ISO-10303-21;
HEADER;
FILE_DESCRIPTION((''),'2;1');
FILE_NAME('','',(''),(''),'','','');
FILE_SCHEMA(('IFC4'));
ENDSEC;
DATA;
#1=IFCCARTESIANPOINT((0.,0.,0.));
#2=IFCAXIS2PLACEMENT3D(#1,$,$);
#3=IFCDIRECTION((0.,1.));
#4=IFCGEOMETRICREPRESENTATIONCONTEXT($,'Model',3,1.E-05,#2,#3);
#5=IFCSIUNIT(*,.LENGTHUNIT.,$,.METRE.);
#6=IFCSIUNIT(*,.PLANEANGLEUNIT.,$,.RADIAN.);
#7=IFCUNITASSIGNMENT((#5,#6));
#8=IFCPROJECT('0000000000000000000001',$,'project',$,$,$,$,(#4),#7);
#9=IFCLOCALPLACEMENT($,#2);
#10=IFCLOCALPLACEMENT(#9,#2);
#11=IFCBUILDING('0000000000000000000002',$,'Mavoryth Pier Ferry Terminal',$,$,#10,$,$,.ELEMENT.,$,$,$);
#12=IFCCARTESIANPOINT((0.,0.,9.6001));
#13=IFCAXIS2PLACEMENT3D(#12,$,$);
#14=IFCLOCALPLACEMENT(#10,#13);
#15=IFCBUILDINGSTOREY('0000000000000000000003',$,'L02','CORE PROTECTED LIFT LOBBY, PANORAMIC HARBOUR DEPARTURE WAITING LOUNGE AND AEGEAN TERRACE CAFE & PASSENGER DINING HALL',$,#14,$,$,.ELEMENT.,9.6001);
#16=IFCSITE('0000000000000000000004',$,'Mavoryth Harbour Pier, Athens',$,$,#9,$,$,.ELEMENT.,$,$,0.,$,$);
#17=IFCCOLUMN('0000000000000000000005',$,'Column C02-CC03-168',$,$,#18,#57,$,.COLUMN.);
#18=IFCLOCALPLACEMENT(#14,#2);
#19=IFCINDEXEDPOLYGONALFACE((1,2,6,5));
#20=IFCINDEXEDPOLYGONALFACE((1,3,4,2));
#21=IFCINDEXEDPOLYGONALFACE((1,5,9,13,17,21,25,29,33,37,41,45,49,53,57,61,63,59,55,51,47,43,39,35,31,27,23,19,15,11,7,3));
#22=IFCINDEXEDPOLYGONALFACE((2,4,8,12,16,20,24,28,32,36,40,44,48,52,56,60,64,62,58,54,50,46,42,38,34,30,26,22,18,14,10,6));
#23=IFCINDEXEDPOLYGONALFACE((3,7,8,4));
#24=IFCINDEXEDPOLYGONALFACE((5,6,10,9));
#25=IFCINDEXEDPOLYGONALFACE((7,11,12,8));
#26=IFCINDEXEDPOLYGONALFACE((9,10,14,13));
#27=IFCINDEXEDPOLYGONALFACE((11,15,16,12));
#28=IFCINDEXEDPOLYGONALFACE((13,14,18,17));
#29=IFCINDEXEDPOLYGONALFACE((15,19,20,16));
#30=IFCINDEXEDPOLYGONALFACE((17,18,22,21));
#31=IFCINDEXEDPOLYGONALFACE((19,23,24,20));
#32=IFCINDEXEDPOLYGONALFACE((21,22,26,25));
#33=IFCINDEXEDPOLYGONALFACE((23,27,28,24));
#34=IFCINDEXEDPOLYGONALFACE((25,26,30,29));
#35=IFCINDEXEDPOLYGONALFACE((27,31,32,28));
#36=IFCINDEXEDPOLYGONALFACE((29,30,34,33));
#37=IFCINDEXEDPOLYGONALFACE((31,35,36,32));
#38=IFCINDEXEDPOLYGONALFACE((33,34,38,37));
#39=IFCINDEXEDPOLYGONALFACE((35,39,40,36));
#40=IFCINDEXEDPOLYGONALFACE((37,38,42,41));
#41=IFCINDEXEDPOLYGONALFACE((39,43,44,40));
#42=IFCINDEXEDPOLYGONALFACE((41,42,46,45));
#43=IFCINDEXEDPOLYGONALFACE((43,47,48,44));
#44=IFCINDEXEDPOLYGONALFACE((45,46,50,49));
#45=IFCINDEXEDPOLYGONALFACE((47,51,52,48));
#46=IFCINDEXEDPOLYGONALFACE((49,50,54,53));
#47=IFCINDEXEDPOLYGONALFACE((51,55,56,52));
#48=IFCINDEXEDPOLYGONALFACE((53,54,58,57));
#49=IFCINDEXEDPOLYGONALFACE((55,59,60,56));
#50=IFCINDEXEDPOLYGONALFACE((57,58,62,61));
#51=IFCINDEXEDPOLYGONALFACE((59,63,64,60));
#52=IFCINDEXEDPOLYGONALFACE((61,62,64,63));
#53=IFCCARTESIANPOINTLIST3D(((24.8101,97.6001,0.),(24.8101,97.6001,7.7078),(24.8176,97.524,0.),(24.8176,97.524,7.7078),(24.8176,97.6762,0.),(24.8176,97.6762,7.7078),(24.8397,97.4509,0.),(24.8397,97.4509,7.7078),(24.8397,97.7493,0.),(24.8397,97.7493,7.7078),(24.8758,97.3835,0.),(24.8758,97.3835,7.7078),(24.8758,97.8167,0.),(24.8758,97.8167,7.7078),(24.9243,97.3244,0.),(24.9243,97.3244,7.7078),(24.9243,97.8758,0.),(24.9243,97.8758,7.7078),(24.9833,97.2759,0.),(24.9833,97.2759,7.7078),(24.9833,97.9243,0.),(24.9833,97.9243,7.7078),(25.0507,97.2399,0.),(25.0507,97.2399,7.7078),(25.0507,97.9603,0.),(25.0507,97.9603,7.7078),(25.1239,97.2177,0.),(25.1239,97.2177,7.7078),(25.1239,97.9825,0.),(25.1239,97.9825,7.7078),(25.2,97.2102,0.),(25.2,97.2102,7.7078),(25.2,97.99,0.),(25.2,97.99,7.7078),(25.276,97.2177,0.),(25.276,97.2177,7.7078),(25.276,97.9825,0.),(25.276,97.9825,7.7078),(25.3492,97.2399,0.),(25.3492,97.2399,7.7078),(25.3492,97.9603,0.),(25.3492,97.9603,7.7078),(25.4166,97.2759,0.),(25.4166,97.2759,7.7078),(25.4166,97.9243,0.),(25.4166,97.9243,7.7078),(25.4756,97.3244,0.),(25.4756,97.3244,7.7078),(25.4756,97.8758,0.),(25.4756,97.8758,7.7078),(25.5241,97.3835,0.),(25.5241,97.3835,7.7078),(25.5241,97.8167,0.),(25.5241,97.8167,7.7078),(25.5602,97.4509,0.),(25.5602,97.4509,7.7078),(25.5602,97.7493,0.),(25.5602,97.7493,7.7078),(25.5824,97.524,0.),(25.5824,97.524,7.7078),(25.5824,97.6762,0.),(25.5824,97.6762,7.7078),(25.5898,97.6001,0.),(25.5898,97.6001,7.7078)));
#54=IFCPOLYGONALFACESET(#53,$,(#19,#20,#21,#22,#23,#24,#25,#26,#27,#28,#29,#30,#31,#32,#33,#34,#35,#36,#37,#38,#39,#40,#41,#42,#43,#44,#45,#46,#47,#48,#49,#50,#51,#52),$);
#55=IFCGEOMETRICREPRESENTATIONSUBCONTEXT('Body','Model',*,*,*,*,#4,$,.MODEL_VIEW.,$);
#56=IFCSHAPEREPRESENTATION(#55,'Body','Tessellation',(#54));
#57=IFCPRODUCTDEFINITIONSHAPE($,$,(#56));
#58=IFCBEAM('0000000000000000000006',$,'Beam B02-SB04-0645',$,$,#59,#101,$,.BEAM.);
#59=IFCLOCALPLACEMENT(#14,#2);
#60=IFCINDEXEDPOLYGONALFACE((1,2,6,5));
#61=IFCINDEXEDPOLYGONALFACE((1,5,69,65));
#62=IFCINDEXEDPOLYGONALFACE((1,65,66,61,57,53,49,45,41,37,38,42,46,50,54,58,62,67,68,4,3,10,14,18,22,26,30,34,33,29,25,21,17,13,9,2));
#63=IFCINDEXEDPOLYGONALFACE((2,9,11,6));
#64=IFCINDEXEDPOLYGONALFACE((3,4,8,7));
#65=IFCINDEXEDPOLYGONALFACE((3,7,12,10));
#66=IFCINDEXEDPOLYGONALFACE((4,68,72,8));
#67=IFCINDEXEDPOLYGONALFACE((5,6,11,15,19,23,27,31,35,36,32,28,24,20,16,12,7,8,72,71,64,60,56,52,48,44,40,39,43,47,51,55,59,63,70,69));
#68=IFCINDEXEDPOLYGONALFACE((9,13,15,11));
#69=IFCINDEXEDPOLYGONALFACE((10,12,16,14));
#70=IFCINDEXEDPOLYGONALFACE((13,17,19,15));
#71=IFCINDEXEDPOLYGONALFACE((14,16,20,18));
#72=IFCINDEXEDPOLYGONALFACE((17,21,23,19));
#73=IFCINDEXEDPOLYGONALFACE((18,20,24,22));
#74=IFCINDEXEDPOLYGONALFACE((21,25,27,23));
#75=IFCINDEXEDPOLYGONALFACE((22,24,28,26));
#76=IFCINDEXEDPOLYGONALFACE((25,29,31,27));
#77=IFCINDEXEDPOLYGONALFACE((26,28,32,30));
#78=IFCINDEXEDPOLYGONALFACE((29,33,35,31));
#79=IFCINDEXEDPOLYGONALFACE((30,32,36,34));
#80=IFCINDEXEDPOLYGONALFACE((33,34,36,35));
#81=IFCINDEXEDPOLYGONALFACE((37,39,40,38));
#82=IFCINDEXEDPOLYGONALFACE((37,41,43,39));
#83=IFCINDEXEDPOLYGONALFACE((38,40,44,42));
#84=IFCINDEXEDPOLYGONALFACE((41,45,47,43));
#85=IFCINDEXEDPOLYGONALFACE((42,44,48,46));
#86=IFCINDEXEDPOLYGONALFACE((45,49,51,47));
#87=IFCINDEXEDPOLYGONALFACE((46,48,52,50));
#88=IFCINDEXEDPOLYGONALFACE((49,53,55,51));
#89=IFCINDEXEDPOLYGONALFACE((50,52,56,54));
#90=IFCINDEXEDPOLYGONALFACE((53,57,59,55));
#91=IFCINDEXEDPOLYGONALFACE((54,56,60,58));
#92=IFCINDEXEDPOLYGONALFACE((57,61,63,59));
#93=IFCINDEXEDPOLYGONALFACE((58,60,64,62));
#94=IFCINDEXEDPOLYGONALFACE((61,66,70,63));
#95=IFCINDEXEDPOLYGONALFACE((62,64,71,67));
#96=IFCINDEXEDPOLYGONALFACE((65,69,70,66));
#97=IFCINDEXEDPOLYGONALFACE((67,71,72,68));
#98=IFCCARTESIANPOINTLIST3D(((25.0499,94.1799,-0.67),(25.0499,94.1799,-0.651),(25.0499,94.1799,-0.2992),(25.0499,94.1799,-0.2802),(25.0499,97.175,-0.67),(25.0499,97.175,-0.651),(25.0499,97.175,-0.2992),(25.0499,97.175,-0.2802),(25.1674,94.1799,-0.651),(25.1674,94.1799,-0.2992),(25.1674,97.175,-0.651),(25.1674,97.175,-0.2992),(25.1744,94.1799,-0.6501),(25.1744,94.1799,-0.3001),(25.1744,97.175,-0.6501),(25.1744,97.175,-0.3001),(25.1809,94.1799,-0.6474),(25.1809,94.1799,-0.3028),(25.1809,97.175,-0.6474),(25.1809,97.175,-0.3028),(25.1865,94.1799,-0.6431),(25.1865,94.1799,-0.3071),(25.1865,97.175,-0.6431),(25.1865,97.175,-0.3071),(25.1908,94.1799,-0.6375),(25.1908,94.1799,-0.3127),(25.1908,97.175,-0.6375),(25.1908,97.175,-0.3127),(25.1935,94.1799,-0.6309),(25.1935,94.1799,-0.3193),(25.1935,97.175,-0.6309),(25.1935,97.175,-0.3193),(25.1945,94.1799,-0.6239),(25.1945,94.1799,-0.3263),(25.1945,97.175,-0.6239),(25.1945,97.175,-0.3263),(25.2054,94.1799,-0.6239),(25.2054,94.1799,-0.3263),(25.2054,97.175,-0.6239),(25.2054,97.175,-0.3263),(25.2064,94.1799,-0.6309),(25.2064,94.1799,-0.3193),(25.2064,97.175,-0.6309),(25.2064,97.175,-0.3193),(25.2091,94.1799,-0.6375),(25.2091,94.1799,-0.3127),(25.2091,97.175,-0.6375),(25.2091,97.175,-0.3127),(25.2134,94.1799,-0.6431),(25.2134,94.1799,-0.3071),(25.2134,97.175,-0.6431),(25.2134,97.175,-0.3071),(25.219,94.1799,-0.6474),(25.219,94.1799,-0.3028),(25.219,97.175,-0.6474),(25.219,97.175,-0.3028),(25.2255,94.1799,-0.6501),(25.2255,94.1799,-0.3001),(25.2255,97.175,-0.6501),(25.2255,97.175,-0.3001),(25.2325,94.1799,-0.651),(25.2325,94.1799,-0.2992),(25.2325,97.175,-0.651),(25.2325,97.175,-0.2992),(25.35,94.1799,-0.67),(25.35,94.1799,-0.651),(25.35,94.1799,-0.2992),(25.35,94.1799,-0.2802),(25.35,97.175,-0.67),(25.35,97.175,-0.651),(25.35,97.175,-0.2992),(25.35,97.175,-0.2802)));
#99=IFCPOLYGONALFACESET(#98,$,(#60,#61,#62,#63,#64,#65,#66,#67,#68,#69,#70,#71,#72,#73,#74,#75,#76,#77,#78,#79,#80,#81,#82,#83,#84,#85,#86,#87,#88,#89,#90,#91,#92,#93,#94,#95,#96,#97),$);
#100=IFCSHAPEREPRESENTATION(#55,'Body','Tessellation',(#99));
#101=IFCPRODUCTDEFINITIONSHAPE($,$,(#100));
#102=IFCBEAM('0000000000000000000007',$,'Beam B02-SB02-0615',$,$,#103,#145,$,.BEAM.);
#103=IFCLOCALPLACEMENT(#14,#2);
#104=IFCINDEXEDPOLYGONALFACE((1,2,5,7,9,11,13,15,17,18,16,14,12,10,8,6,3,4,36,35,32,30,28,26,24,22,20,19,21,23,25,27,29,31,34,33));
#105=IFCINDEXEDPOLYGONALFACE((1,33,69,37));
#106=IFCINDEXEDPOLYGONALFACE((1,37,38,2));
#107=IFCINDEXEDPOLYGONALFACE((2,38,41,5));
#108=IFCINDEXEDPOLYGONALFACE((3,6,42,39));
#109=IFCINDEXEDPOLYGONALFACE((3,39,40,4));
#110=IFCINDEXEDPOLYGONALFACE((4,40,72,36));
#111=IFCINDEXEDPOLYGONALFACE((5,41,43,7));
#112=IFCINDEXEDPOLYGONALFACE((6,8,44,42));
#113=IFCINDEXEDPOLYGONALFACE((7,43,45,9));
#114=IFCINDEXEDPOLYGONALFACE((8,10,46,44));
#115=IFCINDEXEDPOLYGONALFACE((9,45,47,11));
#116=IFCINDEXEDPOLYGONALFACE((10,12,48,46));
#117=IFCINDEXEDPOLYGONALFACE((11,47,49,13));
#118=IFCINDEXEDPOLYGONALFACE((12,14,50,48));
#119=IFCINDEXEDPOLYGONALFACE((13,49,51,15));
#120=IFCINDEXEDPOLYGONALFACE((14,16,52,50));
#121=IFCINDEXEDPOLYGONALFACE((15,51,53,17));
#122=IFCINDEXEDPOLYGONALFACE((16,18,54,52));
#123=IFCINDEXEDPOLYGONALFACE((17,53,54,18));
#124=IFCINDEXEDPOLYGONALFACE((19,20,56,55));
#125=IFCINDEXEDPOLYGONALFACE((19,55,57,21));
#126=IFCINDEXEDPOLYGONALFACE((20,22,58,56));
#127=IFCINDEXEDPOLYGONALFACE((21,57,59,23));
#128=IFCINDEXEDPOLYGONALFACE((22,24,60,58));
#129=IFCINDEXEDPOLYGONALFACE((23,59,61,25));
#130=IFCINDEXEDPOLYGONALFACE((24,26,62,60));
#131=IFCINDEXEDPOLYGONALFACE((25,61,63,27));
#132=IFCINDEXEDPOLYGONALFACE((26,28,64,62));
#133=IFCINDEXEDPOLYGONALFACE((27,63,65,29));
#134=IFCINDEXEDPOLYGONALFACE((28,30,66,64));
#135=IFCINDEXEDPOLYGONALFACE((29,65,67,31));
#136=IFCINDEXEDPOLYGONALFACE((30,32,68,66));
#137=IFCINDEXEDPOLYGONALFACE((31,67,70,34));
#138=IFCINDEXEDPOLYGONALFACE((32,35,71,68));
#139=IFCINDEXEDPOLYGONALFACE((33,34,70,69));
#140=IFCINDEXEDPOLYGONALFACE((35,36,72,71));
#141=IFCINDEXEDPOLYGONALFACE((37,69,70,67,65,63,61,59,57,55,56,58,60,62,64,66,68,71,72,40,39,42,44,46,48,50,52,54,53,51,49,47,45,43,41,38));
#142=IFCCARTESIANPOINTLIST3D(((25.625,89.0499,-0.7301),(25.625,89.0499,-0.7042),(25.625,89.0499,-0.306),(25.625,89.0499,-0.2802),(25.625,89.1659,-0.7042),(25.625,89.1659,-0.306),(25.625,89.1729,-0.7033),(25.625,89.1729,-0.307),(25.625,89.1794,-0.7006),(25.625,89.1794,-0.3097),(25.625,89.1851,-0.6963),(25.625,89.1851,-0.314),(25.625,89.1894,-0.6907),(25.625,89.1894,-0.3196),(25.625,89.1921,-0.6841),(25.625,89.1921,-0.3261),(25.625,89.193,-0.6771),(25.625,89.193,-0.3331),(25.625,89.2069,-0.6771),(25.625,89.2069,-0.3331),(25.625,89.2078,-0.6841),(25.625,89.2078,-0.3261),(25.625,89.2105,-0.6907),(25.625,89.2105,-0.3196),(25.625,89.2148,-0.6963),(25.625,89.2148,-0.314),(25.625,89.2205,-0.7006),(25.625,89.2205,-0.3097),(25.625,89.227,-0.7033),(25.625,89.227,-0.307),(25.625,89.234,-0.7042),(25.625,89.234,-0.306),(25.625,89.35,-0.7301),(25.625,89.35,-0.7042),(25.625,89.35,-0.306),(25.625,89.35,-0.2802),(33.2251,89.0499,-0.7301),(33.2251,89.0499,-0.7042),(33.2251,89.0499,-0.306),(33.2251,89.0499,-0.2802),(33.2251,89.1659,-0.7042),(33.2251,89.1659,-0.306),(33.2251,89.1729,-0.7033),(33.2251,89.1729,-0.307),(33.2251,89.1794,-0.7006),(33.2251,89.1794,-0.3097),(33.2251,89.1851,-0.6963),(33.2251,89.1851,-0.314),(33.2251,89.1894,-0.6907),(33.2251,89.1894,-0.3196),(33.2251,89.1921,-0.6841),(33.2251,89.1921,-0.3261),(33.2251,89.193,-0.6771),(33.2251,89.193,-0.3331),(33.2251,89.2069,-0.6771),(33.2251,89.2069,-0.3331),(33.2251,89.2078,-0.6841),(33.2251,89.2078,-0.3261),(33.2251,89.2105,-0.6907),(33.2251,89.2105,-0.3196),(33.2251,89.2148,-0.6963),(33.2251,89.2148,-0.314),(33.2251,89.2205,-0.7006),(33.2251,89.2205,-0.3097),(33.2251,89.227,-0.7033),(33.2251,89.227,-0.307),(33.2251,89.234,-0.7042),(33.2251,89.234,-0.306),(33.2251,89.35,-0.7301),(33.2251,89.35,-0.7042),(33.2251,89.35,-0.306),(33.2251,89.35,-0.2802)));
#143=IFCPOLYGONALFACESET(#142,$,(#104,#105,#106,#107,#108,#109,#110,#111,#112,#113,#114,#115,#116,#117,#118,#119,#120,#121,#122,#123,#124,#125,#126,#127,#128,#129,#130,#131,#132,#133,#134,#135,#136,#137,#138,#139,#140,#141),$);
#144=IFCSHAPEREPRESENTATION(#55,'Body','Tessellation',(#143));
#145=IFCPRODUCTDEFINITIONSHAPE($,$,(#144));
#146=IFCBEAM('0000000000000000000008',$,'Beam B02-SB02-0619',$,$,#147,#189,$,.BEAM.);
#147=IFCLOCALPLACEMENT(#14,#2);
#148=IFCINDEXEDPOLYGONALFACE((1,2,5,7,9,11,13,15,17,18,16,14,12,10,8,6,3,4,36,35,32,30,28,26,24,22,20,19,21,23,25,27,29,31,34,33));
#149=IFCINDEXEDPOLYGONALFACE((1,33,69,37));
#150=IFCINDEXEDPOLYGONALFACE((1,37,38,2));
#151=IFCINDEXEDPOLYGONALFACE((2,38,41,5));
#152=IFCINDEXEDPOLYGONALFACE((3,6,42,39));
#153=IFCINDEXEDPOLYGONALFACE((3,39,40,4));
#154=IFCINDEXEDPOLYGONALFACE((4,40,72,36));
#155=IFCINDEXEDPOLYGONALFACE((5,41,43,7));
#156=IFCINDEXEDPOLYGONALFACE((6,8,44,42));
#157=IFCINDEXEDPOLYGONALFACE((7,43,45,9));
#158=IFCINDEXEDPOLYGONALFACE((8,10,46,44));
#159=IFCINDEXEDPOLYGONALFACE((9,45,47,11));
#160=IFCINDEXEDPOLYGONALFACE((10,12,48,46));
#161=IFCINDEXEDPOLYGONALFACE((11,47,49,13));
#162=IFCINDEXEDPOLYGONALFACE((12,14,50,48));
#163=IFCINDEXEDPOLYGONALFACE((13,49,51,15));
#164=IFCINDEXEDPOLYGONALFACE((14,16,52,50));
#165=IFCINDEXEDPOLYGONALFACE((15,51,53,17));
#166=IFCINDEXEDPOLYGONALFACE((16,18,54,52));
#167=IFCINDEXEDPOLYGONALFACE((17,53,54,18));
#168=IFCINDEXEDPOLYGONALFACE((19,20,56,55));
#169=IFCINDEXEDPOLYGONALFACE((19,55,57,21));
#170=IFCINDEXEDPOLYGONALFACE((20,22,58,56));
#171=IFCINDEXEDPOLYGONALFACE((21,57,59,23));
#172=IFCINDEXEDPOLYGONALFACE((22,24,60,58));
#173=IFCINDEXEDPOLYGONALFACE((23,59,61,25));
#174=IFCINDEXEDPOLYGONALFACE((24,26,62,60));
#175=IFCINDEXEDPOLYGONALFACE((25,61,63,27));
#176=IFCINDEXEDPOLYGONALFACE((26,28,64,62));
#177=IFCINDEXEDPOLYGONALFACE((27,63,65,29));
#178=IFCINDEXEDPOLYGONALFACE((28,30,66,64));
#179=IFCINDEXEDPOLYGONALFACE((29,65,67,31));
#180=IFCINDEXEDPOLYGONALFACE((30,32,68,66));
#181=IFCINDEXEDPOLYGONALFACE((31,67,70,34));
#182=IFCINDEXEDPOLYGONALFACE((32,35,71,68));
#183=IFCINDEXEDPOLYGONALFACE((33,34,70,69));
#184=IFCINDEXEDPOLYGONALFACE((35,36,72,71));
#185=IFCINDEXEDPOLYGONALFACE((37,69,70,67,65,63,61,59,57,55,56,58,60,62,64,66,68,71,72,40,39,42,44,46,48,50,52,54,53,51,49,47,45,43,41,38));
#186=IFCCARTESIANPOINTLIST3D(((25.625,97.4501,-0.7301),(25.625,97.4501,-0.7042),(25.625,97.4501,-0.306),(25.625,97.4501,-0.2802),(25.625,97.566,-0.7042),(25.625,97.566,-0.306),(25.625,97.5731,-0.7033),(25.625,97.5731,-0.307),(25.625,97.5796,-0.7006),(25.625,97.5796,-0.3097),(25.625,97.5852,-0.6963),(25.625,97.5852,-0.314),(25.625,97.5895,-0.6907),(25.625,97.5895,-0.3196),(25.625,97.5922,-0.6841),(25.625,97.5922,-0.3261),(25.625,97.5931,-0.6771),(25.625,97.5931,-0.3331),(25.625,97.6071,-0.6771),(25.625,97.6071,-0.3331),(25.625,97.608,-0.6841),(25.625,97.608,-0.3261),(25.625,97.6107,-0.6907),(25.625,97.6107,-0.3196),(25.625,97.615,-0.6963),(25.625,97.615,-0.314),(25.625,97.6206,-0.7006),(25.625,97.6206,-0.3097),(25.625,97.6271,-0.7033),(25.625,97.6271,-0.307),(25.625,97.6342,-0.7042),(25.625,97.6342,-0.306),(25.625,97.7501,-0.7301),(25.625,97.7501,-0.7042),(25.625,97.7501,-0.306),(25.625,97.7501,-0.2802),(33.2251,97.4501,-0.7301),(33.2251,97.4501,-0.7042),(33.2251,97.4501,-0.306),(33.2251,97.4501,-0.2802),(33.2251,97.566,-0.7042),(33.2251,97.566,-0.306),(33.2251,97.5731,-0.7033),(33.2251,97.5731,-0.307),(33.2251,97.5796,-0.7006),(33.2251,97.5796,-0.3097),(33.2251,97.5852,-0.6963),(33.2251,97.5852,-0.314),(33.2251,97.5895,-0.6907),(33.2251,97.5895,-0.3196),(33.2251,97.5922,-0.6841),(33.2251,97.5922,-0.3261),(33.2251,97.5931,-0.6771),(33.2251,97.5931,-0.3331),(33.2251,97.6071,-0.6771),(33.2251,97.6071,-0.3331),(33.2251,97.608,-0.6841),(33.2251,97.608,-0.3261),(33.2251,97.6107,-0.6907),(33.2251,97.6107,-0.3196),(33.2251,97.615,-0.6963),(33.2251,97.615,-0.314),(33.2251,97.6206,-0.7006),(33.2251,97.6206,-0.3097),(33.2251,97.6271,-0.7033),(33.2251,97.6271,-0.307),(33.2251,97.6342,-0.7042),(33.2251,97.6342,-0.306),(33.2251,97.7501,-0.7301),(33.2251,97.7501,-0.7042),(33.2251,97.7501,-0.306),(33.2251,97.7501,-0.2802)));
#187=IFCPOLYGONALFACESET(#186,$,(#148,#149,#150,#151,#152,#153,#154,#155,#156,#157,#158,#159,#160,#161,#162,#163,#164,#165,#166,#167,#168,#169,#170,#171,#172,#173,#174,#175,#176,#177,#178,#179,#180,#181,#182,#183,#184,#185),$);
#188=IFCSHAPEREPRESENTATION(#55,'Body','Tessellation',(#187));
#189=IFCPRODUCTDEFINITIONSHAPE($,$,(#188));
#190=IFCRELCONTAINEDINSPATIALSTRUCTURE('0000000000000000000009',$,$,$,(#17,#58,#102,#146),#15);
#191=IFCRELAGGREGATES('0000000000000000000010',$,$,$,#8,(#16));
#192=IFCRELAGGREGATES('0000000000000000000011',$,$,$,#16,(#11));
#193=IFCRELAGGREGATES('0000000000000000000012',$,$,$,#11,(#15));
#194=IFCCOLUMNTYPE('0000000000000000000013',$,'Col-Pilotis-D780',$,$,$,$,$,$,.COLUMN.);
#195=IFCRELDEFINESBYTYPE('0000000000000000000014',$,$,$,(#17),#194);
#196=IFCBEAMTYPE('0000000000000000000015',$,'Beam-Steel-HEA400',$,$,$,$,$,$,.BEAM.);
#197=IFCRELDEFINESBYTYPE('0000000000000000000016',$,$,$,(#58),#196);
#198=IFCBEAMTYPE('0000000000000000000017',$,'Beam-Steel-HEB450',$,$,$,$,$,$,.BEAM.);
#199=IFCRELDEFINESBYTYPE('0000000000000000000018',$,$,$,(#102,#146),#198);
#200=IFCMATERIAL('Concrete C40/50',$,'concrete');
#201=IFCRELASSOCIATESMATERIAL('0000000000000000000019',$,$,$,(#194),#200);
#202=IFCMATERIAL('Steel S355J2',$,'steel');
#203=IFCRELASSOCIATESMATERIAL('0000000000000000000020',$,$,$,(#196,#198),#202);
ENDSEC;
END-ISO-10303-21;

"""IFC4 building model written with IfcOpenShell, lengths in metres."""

from ifc_helpers import new_model, si_unit, direction, frame, origin, origin_2d, place, context, subcontext, project, spatial, circle, i_section, extrude, material, material_profile, profile_set, type_object, element, save


model = new_model("IFC4")

# Units and contexts
model_context = context("Model", 3, precision=1e-05, world=origin(), true_north=direction((0.0, 1.0)))
body_context = subcontext(model_context, "Body", "Model", "MODEL_VIEW")
ifc_project = project(units=[si_unit("LENGTHUNIT", "METRE"), si_unit("PLANEANGLEUNIT", "RADIAN")], contexts=[model_context])

# Site, building, storey
site_placement = place(None, origin())
site = spatial("IfcSite", under=ifc_project, at=site_placement, Name="Mavoryth Harbour Pier, Athens", CompositionType="ELEMENT", RefElevation=0.0)
building_placement = place(site_placement, origin())
building = spatial("IfcBuilding", under=site, at=building_placement, Name="Mavoryth Pier Ferry Terminal", CompositionType="ELEMENT")
storey_placement = place(building_placement, frame((0.0, 0.0, 9.6001)))
storey = spatial("IfcBuildingStorey", under=building, at=storey_placement, Name="L02", Description="CORE PROTECTED LIFT LOBBY, PANORAMIC HARBOUR DEPARTURE WAITING LOUNGE AND AEGEAN TERRACE CAFE & PASSENGER DINING HALL", CompositionType="ELEMENT", Elevation=9.6001)

# Column
ifc_material_1 = material(Name="Concrete C40/50", Category="concrete")
ifc_material_profile_1 = material_profile(ifc_material_1, circle(Radius=0.3899, at=origin_2d()), Name="RC D780", Category="concrete")
ifc_profile_set_1 = profile_set([ifc_material_profile_1], Name="Concrete C40/50 - RC D780")
column_type = type_object("IfcColumnType", Name="Col-Pilotis-D780", PredefinedType="COLUMN", material=ifc_profile_set_1)
column_placement = place(storey_placement, frame((25.2, 97.6001, 0.0), z_axis=(0.0, 0.0, 1.0), x_axis=(1.0, 0.0, 0.0)))
element("IfcColumn", 1, at=column_placement, inside=storey, type_object=column_type, Name="Column C02-CC03-168", PredefinedType="COLUMN", context=body_context, shape_type="SweptSolid", body=[
    extrude(circle(Radius=0.3899, at=origin_2d()), origin(), (0.0, 0.0, 1.0), 7.7078),
])

# Beams
ifc_material_2 = material(Name="Steel S355J2", Category="steel")
ifc_material_profile_2 = material_profile(ifc_material_2, i_section(OverallWidth=0.3, OverallDepth=0.3899, WebThickness=0.011, FlangeThickness=0.019, FilletRadius=0.0271, at=origin_2d()), Name="HEA 400", Category="steel")
ifc_profile_set_2 = profile_set([ifc_material_profile_2], Name="Steel S355J2 - HEA 400")
beam_type_1 = type_object("IfcBeamType", Name="Beam-Steel-HEA400", PredefinedType="BEAM", material=ifc_profile_set_2)
beam_placement = place(storey_placement, frame((25.2, 94.1799, -0.4751), z_axis=(0.0, 1.0, 0.0), x_axis=(-1.0, 0.0, 0.0)))
element("IfcBeam", 2, at=beam_placement, inside=storey, type_object=beam_type_1, Name="Beam B02-SB04-0645", PredefinedType="BEAM", context=body_context, shape_type="SweptSolid", body=[
    extrude(i_section(OverallWidth=0.3, OverallDepth=0.3899, WebThickness=0.011, FlangeThickness=0.019, FilletRadius=0.0271, at=origin_2d()), origin(), (0.0, 0.0, 1.0), 2.9951),
])
ifc_material_profile_3 = material_profile(ifc_material_2, i_section(OverallWidth=0.3, OverallDepth=0.45, WebThickness=0.0139, FlangeThickness=0.0259, FilletRadius=0.0271, at=origin_2d()), Name="HEB 450", Category="steel")
ifc_profile_set_3 = profile_set([ifc_material_profile_3], Name="Steel S355J2 - HEB 450")
beam_type_2 = type_object("IfcBeamType", Name="Beam-Steel-HEB450", PredefinedType="BEAM", material=ifc_profile_set_3)
for number, where, z_axis, x_axis, name in (
    (3, (25.625, 89.2, -0.5051), (1.0, 0.0, 0.0), (0.0, 1.0, 0.0), "Beam B02-SB02-0615"),
    (4, (25.625, 97.6001, -0.5051), (1.0, 0.0, 0.0), (0.0, 1.0, 0.0), "Beam B02-SB02-0619"),
):
    element("IfcBeam", number, at=place(storey_placement, frame(where, z_axis=z_axis, x_axis=x_axis)), inside=storey, type_object=beam_type_2, Name=name, PredefinedType="BEAM", context=body_context, shape_type="SweptSolid", body=[
        extrude(i_section(OverallWidth=0.3, OverallDepth=0.45, WebThickness=0.0139, FlangeThickness=0.0259, FilletRadius=0.0271, at=origin_2d()), origin(), (0.0, 0.0, 1.0), 7.6001),
    ])

save(model, "model.ifc")
